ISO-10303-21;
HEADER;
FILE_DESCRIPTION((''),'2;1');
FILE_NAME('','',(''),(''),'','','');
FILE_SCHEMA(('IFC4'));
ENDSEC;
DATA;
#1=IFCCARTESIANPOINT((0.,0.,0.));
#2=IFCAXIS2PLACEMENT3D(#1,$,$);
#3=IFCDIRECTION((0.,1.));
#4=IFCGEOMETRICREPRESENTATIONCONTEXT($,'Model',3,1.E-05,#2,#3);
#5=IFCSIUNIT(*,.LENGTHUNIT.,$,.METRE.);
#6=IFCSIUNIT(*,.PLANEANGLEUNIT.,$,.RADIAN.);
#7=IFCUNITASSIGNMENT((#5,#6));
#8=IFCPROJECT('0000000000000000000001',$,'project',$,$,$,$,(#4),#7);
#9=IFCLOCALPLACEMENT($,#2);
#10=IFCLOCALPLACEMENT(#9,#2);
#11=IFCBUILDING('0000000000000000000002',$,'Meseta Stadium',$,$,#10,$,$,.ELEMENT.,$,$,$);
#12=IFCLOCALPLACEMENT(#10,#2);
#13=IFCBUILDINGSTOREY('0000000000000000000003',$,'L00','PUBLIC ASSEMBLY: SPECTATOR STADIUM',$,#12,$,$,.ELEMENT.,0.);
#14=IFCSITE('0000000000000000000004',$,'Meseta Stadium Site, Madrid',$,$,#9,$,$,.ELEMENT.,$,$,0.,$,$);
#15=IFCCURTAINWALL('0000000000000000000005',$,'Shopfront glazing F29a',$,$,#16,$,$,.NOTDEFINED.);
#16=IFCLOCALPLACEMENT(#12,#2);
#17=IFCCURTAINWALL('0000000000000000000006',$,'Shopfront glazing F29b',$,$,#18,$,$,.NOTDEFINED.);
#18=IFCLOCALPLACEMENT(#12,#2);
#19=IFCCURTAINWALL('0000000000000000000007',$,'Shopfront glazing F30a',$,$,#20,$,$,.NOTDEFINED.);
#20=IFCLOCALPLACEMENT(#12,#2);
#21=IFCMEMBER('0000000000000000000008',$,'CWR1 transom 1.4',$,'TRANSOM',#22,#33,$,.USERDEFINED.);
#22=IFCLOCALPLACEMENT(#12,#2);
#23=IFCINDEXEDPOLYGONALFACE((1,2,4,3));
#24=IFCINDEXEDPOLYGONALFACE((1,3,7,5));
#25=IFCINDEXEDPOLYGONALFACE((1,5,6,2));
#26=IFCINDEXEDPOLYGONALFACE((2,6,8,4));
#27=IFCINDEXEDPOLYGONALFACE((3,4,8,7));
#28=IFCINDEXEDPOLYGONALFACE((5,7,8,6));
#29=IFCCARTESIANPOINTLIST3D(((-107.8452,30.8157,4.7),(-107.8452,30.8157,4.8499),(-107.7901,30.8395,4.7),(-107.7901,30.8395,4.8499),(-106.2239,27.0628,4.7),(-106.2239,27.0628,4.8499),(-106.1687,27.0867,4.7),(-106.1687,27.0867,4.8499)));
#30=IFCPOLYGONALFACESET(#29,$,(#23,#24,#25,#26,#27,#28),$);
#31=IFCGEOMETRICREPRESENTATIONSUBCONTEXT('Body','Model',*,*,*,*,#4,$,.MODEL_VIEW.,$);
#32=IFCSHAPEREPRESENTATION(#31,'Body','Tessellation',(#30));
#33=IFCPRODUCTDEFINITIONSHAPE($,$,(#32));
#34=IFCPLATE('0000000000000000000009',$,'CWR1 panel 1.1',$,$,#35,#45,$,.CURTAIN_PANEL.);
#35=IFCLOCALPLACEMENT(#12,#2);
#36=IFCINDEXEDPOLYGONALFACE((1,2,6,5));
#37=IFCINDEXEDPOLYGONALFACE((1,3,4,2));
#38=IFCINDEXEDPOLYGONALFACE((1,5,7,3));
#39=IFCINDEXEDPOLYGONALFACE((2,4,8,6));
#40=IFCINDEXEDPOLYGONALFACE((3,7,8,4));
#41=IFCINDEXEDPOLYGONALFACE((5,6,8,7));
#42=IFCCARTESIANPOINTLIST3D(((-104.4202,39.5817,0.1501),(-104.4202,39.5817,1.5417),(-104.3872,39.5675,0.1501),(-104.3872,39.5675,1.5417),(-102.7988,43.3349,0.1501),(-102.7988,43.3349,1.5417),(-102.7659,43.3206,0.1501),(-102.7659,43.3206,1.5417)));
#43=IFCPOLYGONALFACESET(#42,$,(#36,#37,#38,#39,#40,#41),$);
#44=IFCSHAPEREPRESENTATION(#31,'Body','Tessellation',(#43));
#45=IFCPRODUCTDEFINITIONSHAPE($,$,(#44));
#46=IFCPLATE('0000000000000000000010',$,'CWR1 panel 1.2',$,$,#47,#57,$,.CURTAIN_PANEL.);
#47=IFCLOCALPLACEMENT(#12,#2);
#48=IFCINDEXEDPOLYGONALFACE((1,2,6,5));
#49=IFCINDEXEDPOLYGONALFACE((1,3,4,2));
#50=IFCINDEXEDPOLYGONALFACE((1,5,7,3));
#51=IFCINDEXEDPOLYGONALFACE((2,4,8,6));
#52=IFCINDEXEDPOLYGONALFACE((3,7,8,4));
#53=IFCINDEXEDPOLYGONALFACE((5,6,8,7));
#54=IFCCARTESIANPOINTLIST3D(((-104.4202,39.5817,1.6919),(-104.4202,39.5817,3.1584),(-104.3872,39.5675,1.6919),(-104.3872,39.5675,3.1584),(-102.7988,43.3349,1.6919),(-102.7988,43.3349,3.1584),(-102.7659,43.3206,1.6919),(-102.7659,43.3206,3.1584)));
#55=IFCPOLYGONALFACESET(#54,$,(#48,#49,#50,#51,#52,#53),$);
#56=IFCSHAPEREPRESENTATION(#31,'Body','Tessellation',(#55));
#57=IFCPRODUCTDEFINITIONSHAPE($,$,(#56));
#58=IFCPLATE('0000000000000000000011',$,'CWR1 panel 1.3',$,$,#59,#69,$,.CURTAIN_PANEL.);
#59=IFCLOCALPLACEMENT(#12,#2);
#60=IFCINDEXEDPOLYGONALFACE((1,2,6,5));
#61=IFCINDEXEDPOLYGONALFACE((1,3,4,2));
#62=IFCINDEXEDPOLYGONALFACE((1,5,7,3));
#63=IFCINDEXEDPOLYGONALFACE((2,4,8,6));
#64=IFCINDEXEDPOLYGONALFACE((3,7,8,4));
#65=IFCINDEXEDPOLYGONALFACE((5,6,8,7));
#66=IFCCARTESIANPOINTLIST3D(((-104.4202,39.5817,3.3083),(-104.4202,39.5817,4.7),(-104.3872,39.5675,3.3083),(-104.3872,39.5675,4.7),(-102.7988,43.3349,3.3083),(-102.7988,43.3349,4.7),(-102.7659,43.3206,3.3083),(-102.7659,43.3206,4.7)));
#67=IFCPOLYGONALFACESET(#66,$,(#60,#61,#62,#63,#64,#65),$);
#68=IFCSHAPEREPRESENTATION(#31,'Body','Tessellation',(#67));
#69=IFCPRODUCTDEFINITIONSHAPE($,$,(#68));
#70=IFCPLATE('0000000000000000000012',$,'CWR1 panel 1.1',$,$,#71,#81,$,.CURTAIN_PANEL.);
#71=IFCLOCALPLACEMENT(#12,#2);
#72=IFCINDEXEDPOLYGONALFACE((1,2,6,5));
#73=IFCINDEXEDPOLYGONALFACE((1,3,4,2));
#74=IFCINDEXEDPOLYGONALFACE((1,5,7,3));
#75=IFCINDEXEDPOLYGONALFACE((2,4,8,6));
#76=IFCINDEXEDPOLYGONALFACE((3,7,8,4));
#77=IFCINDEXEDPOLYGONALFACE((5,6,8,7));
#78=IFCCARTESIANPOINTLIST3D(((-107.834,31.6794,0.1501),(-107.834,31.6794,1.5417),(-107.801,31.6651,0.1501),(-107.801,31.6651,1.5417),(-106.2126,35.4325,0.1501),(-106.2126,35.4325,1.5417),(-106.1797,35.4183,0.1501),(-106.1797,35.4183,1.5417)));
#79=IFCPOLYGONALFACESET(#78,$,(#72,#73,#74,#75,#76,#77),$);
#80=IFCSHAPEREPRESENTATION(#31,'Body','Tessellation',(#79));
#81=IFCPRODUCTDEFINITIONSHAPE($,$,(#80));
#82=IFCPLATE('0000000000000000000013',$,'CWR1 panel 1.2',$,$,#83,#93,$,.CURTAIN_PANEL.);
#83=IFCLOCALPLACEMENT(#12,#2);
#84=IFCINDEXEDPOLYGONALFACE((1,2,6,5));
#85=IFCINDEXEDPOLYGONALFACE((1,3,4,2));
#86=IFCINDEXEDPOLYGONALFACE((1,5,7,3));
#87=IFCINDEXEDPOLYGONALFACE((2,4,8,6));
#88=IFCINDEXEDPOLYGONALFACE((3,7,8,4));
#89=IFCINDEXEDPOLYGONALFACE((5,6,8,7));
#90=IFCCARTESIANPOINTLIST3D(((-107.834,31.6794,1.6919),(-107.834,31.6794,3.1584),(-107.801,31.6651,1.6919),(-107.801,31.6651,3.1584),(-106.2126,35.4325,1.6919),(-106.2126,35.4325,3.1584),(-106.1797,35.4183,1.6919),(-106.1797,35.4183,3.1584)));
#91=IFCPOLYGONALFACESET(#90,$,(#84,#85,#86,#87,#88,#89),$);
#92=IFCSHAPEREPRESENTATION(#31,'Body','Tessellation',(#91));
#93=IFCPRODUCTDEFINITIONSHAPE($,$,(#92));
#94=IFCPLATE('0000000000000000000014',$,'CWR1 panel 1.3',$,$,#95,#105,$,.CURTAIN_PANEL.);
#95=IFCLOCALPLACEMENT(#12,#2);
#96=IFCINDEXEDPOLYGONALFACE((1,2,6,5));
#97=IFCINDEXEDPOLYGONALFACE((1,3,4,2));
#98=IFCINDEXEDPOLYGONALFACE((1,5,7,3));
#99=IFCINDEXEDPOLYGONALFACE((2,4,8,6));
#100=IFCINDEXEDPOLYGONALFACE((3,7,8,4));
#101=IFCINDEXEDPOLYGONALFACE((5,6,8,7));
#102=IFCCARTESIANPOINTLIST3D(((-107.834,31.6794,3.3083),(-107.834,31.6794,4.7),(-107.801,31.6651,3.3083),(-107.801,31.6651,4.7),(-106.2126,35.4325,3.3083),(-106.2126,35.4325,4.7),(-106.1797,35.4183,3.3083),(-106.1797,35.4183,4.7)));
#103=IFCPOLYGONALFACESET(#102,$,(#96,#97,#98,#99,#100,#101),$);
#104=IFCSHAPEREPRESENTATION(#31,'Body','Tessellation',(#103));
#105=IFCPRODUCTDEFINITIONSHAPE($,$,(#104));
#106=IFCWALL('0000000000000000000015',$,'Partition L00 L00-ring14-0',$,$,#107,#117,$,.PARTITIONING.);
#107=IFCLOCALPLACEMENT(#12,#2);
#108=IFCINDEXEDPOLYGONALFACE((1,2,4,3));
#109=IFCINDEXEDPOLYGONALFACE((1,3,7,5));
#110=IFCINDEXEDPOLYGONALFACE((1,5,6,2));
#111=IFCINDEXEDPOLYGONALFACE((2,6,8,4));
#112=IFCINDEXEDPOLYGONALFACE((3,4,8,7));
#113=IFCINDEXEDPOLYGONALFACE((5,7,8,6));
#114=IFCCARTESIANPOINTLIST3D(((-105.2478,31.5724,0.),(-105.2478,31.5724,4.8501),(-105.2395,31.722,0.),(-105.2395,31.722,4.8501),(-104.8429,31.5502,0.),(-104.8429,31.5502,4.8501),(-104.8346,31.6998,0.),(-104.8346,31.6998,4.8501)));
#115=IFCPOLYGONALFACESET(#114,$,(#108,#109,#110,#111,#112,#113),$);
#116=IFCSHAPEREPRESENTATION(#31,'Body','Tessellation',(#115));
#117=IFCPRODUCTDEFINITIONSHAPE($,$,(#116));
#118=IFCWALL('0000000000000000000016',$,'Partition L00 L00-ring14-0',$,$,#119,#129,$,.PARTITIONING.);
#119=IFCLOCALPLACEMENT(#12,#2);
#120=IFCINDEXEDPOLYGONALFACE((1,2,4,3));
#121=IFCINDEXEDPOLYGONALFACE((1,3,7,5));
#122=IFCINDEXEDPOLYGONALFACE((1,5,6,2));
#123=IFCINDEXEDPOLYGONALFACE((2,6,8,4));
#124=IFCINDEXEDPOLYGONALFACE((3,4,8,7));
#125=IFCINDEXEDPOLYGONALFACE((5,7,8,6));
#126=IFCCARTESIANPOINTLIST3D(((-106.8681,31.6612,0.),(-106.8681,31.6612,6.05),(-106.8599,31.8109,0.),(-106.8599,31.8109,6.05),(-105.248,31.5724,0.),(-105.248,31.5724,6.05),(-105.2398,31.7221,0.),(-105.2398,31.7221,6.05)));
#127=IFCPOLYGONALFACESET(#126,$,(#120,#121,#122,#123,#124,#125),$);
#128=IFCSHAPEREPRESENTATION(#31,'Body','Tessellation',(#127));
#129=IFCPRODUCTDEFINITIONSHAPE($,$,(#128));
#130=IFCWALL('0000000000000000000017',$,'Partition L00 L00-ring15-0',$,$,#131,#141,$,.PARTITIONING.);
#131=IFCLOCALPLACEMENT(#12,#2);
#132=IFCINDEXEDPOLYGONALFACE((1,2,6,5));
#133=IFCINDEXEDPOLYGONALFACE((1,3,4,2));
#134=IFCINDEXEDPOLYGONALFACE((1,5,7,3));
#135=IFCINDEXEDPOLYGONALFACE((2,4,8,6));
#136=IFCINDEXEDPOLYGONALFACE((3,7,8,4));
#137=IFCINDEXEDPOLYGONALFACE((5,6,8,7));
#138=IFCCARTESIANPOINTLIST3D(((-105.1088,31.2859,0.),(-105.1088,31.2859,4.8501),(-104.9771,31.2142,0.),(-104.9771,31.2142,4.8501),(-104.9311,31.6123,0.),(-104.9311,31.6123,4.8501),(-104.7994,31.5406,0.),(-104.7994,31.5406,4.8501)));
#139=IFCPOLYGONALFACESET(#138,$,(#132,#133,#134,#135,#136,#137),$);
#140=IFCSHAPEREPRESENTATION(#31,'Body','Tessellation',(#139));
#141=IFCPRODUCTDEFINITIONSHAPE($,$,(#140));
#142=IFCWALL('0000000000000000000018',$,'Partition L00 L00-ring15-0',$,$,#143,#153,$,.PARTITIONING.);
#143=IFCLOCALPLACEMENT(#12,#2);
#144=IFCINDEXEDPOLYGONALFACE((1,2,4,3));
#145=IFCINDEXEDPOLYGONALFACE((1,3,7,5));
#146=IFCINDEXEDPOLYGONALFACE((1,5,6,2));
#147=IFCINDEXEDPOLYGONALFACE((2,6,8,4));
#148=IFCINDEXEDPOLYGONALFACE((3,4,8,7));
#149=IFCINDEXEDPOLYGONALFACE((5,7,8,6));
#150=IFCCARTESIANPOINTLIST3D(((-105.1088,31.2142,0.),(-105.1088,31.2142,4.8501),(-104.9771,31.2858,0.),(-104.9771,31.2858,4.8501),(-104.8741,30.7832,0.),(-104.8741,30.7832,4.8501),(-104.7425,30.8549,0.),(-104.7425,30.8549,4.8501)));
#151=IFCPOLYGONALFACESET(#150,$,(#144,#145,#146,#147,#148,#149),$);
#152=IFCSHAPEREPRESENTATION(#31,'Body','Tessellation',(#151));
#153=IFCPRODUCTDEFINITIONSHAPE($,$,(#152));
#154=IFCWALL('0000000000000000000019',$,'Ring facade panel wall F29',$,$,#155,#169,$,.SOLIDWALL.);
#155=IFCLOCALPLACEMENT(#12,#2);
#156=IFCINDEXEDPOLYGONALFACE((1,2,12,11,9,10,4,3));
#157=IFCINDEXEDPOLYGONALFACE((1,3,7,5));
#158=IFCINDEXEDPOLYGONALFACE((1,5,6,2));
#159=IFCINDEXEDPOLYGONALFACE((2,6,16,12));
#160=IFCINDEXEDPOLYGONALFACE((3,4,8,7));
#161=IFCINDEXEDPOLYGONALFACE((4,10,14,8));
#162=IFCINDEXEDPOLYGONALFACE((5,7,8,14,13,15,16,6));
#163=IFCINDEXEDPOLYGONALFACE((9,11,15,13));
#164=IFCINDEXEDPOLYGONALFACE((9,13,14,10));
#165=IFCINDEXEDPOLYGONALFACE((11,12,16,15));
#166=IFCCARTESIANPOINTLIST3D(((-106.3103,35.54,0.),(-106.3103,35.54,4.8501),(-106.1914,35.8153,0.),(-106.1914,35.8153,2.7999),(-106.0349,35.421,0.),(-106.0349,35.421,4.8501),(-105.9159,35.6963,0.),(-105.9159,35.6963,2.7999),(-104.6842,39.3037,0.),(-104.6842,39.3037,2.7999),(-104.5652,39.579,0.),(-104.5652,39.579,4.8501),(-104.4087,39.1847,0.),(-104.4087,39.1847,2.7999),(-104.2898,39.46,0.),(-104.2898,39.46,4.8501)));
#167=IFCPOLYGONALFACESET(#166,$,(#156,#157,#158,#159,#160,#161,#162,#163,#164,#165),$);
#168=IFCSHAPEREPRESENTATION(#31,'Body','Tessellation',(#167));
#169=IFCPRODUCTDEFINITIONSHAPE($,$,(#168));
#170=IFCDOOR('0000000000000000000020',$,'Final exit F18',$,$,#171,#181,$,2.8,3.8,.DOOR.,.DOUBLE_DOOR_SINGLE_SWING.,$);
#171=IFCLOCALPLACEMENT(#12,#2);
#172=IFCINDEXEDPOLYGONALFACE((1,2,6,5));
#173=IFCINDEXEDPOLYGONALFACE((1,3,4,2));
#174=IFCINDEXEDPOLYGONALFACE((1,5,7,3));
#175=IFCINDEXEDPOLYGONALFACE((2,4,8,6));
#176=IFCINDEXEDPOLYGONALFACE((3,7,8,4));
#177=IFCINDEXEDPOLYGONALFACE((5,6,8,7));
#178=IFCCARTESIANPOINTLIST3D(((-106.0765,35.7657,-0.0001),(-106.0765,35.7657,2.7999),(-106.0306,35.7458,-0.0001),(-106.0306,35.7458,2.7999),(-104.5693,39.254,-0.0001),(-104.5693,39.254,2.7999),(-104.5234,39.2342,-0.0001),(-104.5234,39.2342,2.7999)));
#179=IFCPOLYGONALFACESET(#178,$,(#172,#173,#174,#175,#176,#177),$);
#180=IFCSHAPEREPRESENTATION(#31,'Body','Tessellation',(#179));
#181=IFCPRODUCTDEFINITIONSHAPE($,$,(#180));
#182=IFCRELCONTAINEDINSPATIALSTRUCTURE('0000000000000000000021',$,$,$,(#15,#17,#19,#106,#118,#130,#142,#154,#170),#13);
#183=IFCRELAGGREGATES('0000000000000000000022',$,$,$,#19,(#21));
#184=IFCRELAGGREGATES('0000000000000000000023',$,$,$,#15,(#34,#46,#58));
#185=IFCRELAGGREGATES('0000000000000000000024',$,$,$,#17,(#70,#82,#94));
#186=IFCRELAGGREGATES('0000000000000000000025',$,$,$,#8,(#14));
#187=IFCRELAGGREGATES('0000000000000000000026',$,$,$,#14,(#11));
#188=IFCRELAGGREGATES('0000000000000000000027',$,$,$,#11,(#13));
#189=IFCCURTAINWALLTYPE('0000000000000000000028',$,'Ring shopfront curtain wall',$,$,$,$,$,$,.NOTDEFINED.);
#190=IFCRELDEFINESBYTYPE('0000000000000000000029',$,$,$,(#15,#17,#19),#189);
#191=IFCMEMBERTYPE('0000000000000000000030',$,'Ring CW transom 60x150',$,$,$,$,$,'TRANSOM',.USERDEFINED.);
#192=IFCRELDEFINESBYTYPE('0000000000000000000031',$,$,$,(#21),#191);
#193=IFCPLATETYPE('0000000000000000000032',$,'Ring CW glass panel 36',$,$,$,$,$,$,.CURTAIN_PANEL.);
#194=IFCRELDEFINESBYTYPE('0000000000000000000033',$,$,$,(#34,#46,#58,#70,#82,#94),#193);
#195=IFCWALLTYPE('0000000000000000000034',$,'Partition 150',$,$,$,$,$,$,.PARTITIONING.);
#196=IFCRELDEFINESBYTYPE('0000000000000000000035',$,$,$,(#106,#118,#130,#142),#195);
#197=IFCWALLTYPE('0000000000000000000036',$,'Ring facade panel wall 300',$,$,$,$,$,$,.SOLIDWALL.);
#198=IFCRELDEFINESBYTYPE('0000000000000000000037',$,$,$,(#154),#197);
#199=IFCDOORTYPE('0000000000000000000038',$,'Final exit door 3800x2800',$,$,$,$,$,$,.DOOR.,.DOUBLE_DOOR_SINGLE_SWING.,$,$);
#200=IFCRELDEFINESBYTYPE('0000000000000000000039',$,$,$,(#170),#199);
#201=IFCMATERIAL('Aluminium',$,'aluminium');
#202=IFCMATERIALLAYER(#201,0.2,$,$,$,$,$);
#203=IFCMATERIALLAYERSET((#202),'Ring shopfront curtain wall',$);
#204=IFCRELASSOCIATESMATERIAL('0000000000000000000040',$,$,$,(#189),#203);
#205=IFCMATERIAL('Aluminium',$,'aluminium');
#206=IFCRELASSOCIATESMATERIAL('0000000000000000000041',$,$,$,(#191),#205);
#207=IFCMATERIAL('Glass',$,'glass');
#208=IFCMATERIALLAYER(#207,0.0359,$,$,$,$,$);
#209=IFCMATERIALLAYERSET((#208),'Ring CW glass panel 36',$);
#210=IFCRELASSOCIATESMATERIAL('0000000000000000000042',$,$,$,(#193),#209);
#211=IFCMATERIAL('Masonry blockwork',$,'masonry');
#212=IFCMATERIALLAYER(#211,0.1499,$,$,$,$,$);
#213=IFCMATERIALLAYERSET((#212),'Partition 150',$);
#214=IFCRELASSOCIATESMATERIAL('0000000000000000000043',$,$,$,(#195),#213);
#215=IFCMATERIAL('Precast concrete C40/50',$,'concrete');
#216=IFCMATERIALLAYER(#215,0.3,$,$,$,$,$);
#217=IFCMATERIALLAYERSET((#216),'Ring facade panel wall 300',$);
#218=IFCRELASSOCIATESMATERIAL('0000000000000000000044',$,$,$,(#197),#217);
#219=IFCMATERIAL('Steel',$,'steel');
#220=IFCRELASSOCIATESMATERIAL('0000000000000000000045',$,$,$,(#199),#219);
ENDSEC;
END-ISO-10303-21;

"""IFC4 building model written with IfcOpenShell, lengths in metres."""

from ifc_helpers import new_model, si_unit, direction, frame, frame_2d, origin, origin_2d, place, context, subcontext, project, spatial, rectangle, extrude, material, layer, layer_set, material_profile, profile_set, type_object, element, fill, aggregate, save


model = new_model("IFC4")

# Units and contexts
model_context = context("Model", 3, precision=1e-05, world=origin(), true_north=direction((0.0, 1.0)))
body_context = subcontext(model_context, "Body", "Model", "MODEL_VIEW")
ifc_project = project(units=[si_unit("LENGTHUNIT", "METRE"), si_unit("PLANEANGLEUNIT", "RADIAN")], contexts=[model_context])

# Site, building, storey
site_placement = place(None, origin())
site = spatial("IfcSite", under=ifc_project, at=site_placement, Name="Meseta Stadium Site, Madrid", CompositionType="ELEMENT", RefElevation=0.0)
building_placement = place(site_placement, origin())
building = spatial("IfcBuilding", under=site, at=building_placement, Name="Meseta Stadium", CompositionType="ELEMENT")
storey_placement = place(building_placement, origin())
storey = spatial("IfcBuildingStorey", under=building, at=storey_placement, Name="L00", Description="PUBLIC ASSEMBLY: SPECTATOR STADIUM", CompositionType="ELEMENT", Elevation=0.0)

# Shared definitions
ifc_material_1 = material(Name="Aluminium", Category="aluminium")
ifc_layer_1 = layer(ifc_material_1, 0.2)
ifc_layer_set_1 = layer_set([ifc_layer_1], Name="Ring shopfront curtain wall")
curtain_wall_type = type_object("IfcCurtainWallType", Name="Ring shopfront curtain wall", PredefinedType="NOTDEFINED", material=ifc_layer_set_1)

# Curtain walls
curtain_wall_1_placement = place(storey_placement, origin())
curtain_wall_1 = element("IfcCurtainWall", 1, at=curtain_wall_1_placement, inside=storey, type_object=curtain_wall_type, Name="Shopfront glazing F29a", PredefinedType="NOTDEFINED")
curtain_wall_2_placement = place(storey_placement, origin())
curtain_wall_2 = element("IfcCurtainWall", 2, at=curtain_wall_2_placement, inside=storey, type_object=curtain_wall_type, Name="Shopfront glazing F29b", PredefinedType="NOTDEFINED")

# Curtain wall
curtain_wall_3_placement = place(storey_placement, origin())
curtain_wall_3 = element("IfcCurtainWall", 3, at=curtain_wall_3_placement, inside=storey, type_object=curtain_wall_type, Name="Shopfront glazing F30a", PredefinedType="NOTDEFINED")

# Member
ifc_material_2 = material(Name="Aluminium", Category="aluminium")
ifc_material_profile_1 = material_profile(ifc_material_2, rectangle(XDim=0.0601, YDim=0.1499, at=origin_2d()), Name="CW 60x150")
ifc_profile_set_1 = profile_set([ifc_material_profile_1], Name="Aluminium")
member_type_1 = type_object("IfcMemberType", Name="Ring CW transom 60x150", ElementType="TRANSOM", PredefinedType="USERDEFINED", material=ifc_profile_set_1)
member_1_placement = place(storey_placement, frame((-107.8176, 30.8276, 4.7749), z_axis=(0.396592, -0.917995, 0.0), x_axis=(0.917995, 0.396592, 0.0)))
member_1 = element("IfcMember", 4, at=member_1_placement, type_object=member_type_1, Name="CWR1 transom 1.4", ObjectType="TRANSOM", PredefinedType="USERDEFINED", context=body_context, shape_type="SweptSolid", body=[
    extrude(rectangle(XDim=0.0601, YDim=0.1499, at=origin_2d()), origin(), (0.0, 0.0, 1.0), 4.0881),
])
aggregate(curtain_wall_3, [member_1])

# Plates
ifc_material_3 = material(Name="Glass", Category="glass")
ifc_layer_2 = layer(ifc_material_3, 0.0359)
ifc_layer_set_2 = layer_set([ifc_layer_2], Name="Ring CW glass panel 36")
plate_type = type_object("IfcPlateType", Name="Ring CW glass panel 36", PredefinedType="CURTAIN_PANEL", material=ifc_layer_set_2)
plate_1_placement = place(storey_placement, frame((-103.593, 41.4512, 0.1501), z_axis=(0.0, 0.0, 1.0), x_axis=(-0.396576, -0.918002, 0.0)))
plate_1 = element("IfcPlate", 5, at=plate_1_placement, type_object=plate_type, Name="CWR1 panel 1.1", PredefinedType="CURTAIN_PANEL", context=body_context, shape_type="SweptSolid", body=[
    extrude(rectangle(XDim=4.0884, YDim=0.0359, at=origin_2d()), origin(), (0.0, 0.0, 1.0), 1.3916),
])
plate_2_placement = place(storey_placement, frame((-103.593, 41.4512, 1.6919), z_axis=(0.0, 0.0, 1.0), x_axis=(-0.396576, -0.918002, 0.0)))
plate_2 = element("IfcPlate", 6, at=plate_2_placement, type_object=plate_type, Name="CWR1 panel 1.2", PredefinedType="CURTAIN_PANEL", context=body_context, shape_type="SweptSolid", body=[
    extrude(rectangle(XDim=4.0884, YDim=0.0359, at=origin_2d()), origin(), (0.0, 0.0, 1.0), 1.4666),
])
plate_3_placement = place(storey_placement, frame((-103.593, 41.4512, 3.3083), z_axis=(0.0, 0.0, 1.0), x_axis=(-0.396576, -0.918002, 0.0)))
plate_3 = element("IfcPlate", 7, at=plate_3_placement, type_object=plate_type, Name="CWR1 panel 1.3", PredefinedType="CURTAIN_PANEL", context=body_context, shape_type="SweptSolid", body=[
    extrude(rectangle(XDim=4.0884, YDim=0.0359, at=origin_2d()), origin(), (0.0, 0.0, 1.0), 1.3916),
])
aggregate(curtain_wall_1, [plate_1, plate_2, plate_3])
plate_4_placement = place(storey_placement, frame((-107.0068, 33.5488, 0.1501), z_axis=(0.0, 0.0, 1.0), x_axis=(-0.396576, -0.918002, 0.0)))
plate_4 = element("IfcPlate", 8, at=plate_4_placement, type_object=plate_type, Name="CWR1 panel 1.1", PredefinedType="CURTAIN_PANEL", context=body_context, shape_type="SweptSolid", body=[
    extrude(rectangle(XDim=4.0884, YDim=0.0359, at=origin_2d()), origin(), (0.0, 0.0, 1.0), 1.3916),
])
plate_5_placement = place(storey_placement, frame((-107.0068, 33.5488, 1.6919), z_axis=(0.0, 0.0, 1.0), x_axis=(-0.396576, -0.918002, 0.0)))
plate_5 = element("IfcPlate", 9, at=plate_5_placement, type_object=plate_type, Name="CWR1 panel 1.2", PredefinedType="CURTAIN_PANEL", context=body_context, shape_type="SweptSolid", body=[
    extrude(rectangle(XDim=4.0884, YDim=0.0359, at=origin_2d()), origin(), (0.0, 0.0, 1.0), 1.4666),
])
plate_6_placement = place(storey_placement, frame((-107.0068, 33.5488, 3.3083), z_axis=(0.0, 0.0, 1.0), x_axis=(-0.396576, -0.918002, 0.0)))
plate_6 = element("IfcPlate", 10, at=plate_6_placement, type_object=plate_type, Name="CWR1 panel 1.3", PredefinedType="CURTAIN_PANEL", context=body_context, shape_type="SweptSolid", body=[
    extrude(rectangle(XDim=4.0884, YDim=0.0359, at=origin_2d()), origin(), (0.0, 0.0, 1.0), 1.3916),
])
aggregate(curtain_wall_2, [plate_4, plate_5, plate_6])

# Walls
ifc_material_4 = material(Name="Masonry blockwork", Category="masonry")
ifc_layer_3 = layer(ifc_material_4, 0.1499)
ifc_layer_set_3 = layer_set([ifc_layer_3], Name="Partition 150")
wall_type_1 = type_object("IfcWallType", Name="Partition 150", PredefinedType="PARTITIONING", material=ifc_layer_set_3)
wall_1_placement = place(storey_placement, frame((-104.8389, 31.625, 0.0), z_axis=(0.0, 0.0, 1.0), x_axis=(-0.998499, 0.05477, 0.0)))
element("IfcWall", 11, at=wall_1_placement, inside=storey, type_object=wall_type_1, Name="Partition L00 L00-ring14-0", PredefinedType="PARTITIONING", context=body_context, shape_type="SweptSolid", body=[
    extrude(rectangle(XDim=0.4055, YDim=0.1499, at=frame_2d((0.2026, 0.0))), origin(), (0.0, 0.0, 1.0), 4.8501),
])
wall_2_placement = place(storey_placement, frame((-105.2439, 31.6472, 0.0), z_axis=(0.0, 0.0, 1.0), x_axis=(-0.998499, 0.05477, 0.0)))
element("IfcWall", 12, at=wall_2_placement, inside=storey, type_object=wall_type_1, Name="Partition L00 L00-ring14-0", PredefinedType="PARTITIONING", context=body_context, shape_type="SweptSolid", body=[
    extrude(rectangle(XDim=1.6226, YDim=0.1499, at=frame_2d((0.8113, 0.0))), origin(), (0.0, 0.0, 1.0), 6.05),
])
wall_3_placement = place(storey_placement, frame((-104.8652, 31.5764, 0.0), z_axis=(0.0, 0.0, 1.0), x_axis=(-0.478208, -0.878247, 0.0)))
element("IfcWall", 13, at=wall_3_placement, inside=storey, type_object=wall_type_1, Name="Partition L00 L00-ring15-0", PredefinedType="PARTITIONING", context=body_context, shape_type="SweptSolid", body=[
    extrude(rectangle(XDim=0.3716, YDim=0.1499, at=frame_2d((0.1858, 0.0))), origin(), (0.0, 0.0, 1.0), 4.8501),
])
wall_4_placement = place(storey_placement, frame((-105.043, 31.25, 0.0), z_axis=(0.0, 0.0, 1.0), x_axis=(0.47819, -0.878257, 0.0)))
element("IfcWall", 14, at=wall_4_placement, inside=storey, type_object=wall_type_1, Name="Partition L00 L00-ring15-0", PredefinedType="PARTITIONING", context=body_context, shape_type="SweptSolid", body=[
    extrude(rectangle(XDim=0.4907, YDim=0.1499, at=frame_2d((0.2454, 0.0))), origin(), (0.0, 0.0, 1.0), 4.8501),
])

# Wall, opening, door
ifc_material_5 = material(Name="Precast concrete C40/50", Category="concrete")
ifc_layer_4 = layer(ifc_material_5, 0.3)
ifc_layer_set_4 = layer_set([ifc_layer_4], Name="Ring facade panel wall 300")
wall_type_2 = type_object("IfcWallType", Name="Ring facade panel wall 300", PredefinedType="SOLIDWALL", material=ifc_layer_set_4)
wall_5_placement = place(storey_placement, frame((-106.1726, 35.4805, 0.0), z_axis=(0.0, 0.0, 1.0), x_axis=(0.396623, 0.917982, 0.0)))
wall_5 = element("IfcWall", 15, at=wall_5_placement, inside=storey, type_object=wall_type_2, Name="Ring facade panel wall F29", PredefinedType="SOLIDWALL", context=body_context, shape_type="SweptSolid", body=[
    extrude(rectangle(XDim=4.3999, YDim=0.3, at=frame_2d((2.2, 0.0))), origin(), (0.0, 0.0, 1.0), 4.8501),
])
opening_placement = place(wall_5_placement, frame((0.3, 0.0, 0.0)))
opening = element("IfcOpeningElement", 16, at=opening_placement, cuts=wall_5, PredefinedType="OPENING", context=body_context, shape_type="SweptSolid", body=[
    extrude(rectangle(XDim=3.8, YDim=2.8, at=frame_2d((1.8999, 1.3999))), frame((0.0, 0.1599, 0.0), z_axis=(0.0, -1.0, 0.0), x_axis=(1.0, 0.0, 0.0)), (0.0, 0.0, 1.0), 0.3201),
])
ifc_material_6 = material(Name="Steel", Category="steel")
door_type = type_object("IfcDoorType", Name="Final exit door 3800x2800", OperationType="DOUBLE_DOOR_SINGLE_SWING", PredefinedType="DOOR", material=ifc_material_6)
door_placement = place(opening_placement, origin())
door = element("IfcDoor", 17, at=door_placement, inside=storey, type_object=door_type, Name="Final exit F18", OperationType="DOUBLE_DOOR_SINGLE_SWING", OverallHeight=2.8, OverallWidth=3.8, PredefinedType="DOOR", context=body_context, shape_type="SweptSolid", body=[
    extrude(rectangle(XDim=3.8, YDim=2.8, at=frame_2d((1.8999, 1.3999))), frame((0.0, 0.0249, 0.0), z_axis=(0.0, -1.0, 0.0), x_axis=(1.0, 0.0, 0.0)), (0.0, 0.0, 1.0), 0.05),
])
fill(opening, door)

save(model, "model.ifc")
